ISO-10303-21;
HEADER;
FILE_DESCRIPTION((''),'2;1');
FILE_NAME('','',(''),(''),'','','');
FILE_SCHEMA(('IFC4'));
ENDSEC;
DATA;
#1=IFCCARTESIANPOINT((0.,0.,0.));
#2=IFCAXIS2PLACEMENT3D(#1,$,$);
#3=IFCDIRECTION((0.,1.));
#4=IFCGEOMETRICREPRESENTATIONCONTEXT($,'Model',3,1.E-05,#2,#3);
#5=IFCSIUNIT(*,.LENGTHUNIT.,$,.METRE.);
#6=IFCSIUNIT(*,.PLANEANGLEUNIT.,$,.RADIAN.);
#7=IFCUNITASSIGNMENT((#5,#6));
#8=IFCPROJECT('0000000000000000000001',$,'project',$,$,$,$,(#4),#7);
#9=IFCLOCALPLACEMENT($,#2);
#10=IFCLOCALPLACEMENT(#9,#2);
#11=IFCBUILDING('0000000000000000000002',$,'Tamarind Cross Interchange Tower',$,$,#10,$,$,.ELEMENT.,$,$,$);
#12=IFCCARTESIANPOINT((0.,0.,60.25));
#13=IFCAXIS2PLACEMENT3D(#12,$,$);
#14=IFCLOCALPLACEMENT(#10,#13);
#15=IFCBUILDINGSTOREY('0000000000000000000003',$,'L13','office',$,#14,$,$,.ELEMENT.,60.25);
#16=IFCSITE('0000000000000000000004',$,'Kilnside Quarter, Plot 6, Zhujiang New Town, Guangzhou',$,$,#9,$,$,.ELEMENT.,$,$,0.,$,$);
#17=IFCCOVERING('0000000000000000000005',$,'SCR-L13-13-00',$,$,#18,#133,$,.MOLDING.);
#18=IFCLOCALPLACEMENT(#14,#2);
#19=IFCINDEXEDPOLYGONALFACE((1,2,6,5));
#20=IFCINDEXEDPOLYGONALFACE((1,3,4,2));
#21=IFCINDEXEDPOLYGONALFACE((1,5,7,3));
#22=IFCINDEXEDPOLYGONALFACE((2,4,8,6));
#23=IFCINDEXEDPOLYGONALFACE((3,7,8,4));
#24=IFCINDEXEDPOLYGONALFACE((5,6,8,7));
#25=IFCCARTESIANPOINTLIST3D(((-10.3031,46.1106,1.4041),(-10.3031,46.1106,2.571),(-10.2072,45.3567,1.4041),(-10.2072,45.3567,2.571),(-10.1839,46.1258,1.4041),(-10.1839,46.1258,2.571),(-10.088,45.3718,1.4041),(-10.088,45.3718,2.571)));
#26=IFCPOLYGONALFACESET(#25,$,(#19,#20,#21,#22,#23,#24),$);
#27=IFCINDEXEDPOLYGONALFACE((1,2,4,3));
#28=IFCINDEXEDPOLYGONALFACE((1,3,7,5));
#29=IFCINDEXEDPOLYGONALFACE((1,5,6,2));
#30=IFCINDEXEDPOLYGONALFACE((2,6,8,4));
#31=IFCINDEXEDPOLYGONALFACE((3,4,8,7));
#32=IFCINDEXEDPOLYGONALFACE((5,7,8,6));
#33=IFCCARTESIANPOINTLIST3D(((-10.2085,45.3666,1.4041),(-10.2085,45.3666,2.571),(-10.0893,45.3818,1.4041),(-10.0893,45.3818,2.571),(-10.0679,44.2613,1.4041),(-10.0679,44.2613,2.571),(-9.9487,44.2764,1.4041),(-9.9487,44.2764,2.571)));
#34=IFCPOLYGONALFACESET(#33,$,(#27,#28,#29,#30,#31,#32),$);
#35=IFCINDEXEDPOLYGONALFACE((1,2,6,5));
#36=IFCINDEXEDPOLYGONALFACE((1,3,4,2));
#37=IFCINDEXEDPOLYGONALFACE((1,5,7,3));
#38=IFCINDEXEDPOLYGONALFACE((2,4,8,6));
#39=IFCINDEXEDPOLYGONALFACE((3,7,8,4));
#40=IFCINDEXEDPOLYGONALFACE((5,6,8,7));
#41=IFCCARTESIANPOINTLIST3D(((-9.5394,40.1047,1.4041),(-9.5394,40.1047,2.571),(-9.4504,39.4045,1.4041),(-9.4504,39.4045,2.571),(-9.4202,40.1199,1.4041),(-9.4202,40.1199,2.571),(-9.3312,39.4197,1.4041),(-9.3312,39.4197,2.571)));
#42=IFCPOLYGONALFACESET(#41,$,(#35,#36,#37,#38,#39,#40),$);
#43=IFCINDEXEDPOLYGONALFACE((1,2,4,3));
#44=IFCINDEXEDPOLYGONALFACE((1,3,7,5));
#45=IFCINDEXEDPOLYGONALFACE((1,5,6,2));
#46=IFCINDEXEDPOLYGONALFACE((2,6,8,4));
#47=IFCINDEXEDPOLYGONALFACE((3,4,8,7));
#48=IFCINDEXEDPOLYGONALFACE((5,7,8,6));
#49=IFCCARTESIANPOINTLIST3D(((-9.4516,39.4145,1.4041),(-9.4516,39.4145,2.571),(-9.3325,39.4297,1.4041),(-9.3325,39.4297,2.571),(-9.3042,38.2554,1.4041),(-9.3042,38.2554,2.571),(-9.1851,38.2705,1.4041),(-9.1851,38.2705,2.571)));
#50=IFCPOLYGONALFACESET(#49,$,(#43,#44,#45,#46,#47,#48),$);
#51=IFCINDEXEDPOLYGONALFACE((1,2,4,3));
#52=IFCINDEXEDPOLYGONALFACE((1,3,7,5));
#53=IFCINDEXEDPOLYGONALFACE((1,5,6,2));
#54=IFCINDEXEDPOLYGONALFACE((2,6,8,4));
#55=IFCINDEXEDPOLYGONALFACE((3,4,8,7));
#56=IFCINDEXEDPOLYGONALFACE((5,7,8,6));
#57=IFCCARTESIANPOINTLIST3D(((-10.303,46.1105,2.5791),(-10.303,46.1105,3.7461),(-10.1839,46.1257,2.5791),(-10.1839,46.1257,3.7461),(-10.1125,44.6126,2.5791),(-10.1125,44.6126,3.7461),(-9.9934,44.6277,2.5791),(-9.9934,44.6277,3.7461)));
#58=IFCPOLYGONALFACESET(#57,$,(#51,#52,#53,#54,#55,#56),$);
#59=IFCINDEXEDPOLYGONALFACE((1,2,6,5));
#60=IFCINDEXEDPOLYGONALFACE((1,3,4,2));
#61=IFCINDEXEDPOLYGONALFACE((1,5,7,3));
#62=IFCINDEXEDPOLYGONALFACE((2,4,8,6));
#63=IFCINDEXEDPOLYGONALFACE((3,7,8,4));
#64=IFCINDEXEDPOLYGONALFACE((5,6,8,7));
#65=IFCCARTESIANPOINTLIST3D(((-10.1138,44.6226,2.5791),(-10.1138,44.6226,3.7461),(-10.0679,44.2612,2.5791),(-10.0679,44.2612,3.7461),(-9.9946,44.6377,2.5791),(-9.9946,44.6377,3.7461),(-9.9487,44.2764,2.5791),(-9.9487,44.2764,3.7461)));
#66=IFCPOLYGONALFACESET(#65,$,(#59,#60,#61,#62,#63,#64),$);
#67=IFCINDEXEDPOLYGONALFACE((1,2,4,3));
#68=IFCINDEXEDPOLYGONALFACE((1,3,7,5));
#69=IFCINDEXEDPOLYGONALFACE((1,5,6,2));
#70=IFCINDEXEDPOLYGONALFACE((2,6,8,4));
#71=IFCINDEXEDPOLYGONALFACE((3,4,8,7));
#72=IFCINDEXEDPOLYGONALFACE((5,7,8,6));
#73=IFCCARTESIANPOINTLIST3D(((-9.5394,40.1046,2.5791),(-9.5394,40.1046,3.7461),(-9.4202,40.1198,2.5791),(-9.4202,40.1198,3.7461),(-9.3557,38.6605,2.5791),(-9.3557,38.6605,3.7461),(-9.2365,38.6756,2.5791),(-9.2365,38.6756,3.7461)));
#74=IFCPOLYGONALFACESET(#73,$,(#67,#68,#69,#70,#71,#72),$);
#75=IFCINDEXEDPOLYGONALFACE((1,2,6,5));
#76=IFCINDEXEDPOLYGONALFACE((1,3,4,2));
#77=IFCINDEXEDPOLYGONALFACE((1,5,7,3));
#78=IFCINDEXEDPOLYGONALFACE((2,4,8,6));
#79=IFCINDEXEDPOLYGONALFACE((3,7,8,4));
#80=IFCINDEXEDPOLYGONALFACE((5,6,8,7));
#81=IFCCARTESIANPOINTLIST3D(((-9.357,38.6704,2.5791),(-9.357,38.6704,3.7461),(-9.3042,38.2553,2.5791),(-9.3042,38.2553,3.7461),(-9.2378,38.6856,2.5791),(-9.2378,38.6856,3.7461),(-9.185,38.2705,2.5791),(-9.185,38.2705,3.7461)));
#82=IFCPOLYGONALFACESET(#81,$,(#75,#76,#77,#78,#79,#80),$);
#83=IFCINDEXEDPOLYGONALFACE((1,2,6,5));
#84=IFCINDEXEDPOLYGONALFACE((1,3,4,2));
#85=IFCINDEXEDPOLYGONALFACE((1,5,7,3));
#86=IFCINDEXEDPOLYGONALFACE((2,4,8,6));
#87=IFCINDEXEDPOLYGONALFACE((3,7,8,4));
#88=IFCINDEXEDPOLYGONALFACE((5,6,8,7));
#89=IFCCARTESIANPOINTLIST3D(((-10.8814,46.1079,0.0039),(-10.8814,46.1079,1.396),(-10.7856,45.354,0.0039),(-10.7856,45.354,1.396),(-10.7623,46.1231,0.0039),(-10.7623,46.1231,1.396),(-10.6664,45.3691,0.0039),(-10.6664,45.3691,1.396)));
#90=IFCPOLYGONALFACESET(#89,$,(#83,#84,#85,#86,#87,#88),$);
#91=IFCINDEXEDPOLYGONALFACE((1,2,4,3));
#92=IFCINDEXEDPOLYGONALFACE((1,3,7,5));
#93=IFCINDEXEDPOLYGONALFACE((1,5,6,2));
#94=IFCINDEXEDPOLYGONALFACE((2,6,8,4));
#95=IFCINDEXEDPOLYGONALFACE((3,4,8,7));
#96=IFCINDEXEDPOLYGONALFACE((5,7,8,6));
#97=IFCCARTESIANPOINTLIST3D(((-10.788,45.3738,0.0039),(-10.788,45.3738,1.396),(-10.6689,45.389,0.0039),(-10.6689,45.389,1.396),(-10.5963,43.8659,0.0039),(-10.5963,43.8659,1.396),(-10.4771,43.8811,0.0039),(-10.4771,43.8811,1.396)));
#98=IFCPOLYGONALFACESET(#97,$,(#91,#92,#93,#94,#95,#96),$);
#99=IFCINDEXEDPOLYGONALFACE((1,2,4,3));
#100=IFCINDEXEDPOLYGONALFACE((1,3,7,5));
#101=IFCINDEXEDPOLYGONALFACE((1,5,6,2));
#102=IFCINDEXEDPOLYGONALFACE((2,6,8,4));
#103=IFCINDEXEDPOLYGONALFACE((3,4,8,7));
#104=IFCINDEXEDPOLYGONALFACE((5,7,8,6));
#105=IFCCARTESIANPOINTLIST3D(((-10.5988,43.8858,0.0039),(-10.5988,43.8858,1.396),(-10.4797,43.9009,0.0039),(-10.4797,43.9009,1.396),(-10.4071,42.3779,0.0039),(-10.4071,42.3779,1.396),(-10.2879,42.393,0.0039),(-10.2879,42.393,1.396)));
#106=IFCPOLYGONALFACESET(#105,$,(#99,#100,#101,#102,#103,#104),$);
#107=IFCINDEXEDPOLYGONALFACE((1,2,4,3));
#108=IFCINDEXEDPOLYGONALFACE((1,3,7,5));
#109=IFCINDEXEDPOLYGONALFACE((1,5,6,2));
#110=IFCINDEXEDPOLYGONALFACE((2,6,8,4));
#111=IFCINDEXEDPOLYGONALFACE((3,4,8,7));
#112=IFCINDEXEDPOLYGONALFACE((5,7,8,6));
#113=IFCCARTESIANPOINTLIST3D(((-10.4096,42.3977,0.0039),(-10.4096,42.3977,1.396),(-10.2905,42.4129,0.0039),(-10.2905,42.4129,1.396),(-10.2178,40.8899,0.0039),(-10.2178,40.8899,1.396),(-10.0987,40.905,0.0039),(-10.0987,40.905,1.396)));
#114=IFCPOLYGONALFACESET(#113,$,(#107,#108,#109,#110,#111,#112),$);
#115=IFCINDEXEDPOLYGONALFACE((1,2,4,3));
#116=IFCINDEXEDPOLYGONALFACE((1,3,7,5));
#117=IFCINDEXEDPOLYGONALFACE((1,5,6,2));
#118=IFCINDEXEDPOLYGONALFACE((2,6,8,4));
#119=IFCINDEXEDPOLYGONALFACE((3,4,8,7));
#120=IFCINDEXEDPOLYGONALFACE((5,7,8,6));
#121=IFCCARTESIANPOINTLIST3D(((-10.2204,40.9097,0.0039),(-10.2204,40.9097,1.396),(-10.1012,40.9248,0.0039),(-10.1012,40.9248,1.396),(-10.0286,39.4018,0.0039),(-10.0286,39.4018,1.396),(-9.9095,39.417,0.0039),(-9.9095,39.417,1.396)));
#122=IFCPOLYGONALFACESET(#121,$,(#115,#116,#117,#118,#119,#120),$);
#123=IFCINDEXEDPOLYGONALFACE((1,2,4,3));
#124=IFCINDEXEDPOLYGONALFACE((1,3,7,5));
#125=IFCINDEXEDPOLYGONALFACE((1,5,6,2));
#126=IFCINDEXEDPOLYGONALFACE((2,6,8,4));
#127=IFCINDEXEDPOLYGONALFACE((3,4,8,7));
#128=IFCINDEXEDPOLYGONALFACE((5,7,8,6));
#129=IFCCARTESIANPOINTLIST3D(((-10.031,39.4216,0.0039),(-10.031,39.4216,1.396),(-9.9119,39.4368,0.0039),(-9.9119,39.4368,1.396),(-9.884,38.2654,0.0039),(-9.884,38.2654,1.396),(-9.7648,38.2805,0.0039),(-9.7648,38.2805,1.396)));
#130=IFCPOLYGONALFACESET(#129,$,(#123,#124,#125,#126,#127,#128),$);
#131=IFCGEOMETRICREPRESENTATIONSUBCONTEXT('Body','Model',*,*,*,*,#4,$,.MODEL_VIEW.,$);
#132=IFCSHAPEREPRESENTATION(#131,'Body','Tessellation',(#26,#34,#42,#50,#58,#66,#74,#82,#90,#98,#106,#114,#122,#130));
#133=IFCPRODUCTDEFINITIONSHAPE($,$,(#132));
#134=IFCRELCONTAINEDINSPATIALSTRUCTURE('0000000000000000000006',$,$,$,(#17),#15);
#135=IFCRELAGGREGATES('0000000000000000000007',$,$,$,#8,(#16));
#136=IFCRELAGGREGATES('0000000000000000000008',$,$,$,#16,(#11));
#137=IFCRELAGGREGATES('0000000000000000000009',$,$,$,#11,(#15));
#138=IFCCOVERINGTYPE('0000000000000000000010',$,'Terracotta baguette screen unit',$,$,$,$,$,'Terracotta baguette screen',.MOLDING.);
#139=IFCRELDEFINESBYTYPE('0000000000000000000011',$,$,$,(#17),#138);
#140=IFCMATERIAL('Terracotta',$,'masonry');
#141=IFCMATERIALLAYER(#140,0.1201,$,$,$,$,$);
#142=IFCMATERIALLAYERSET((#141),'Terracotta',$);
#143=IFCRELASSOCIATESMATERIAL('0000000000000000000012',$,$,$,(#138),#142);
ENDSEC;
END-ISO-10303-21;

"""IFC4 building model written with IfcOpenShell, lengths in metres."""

from ifc_helpers import new_model, si_unit, direction, frame, origin, origin_2d, place, context, subcontext, project, spatial, rectangle, extrude, material, layer, layer_set, type_object, element, save


model = new_model("IFC4")

# Units and contexts
model_context = context("Model", 3, precision=1e-05, world=origin(), true_north=direction((0.0, 1.0)))
body_context = subcontext(model_context, "Body", "Model", "MODEL_VIEW")
ifc_project = project(units=[si_unit("LENGTHUNIT", "METRE"), si_unit("PLANEANGLEUNIT", "RADIAN")], contexts=[model_context])

# Site, building, storey
site_placement = place(None, origin())
site = spatial("IfcSite", under=ifc_project, at=site_placement, Name="Kilnside Quarter, Plot 6, Zhujiang New Town, Guangzhou", CompositionType="ELEMENT", RefElevation=0.0)
building_placement = place(site_placement, origin())
building = spatial("IfcBuilding", under=site, at=building_placement, Name="Tamarind Cross Interchange Tower", CompositionType="ELEMENT")
storey_placement = place(building_placement, frame((0.0, 0.0, 60.25)))
storey = spatial("IfcBuildingStorey", under=building, at=storey_placement, Name="L13", Description="office", CompositionType="ELEMENT", Elevation=60.25)

# Covering
ifc_material_1 = material(Name="Terracotta", Category="masonry")
ifc_layer_1 = layer(ifc_material_1, 0.1201)
ifc_layer_set_1 = layer_set([ifc_layer_1], Name="Terracotta")
covering_type = type_object("IfcCoveringType", Name="Terracotta baguette screen unit", ElementType="Terracotta baguette screen", PredefinedType="MOLDING", material=ifc_layer_set_1)
covering_1_placement = place(storey_placement, origin())
element("IfcCovering", 1, at=covering_1_placement, inside=storey, type_object=covering_type, Name="SCR-L13-13-00", PredefinedType="MOLDING", context=body_context, shape_type="SweptSolid", body=[
    extrude(rectangle(XDim=0.76, YDim=0.1201, at=origin_2d()), frame((-10.1956, 45.7412, 1.4041), z_axis=(0.0, 0.0, 1.0), x_axis=(0.126161, -0.99201, 0.0)), (0.0, 0.0, 1.0), 1.167),
    extrude(rectangle(XDim=1.1143, YDim=0.1201, at=origin_2d()), frame((-10.0786, 44.8215, 1.4041), z_axis=(0.0, 0.0, 1.0), x_axis=(0.126161, -0.99201, 0.0)), (0.0, 0.0, 1.0), 1.167),
    extrude(rectangle(XDim=0.7058, YDim=0.1201, at=origin_2d()), frame((-9.4353, 39.7622, 1.4041), z_axis=(0.0, 0.0, 1.0), x_axis=(0.126161, -0.99201, 0.0)), (0.0, 0.0, 1.0), 1.167),
    extrude(rectangle(XDim=1.1685, YDim=0.1201, at=origin_2d()), frame((-9.3184, 38.8425, 1.4041), z_axis=(0.0, 0.0, 1.0), x_axis=(0.126161, -0.99201, 0.0)), (0.0, 0.0, 1.0), 1.167),
    extrude(rectangle(XDim=1.51, YDim=0.1201, at=origin_2d()), frame((-10.1482, 45.3691, 2.5791), z_axis=(0.0, 0.0, 1.0), x_axis=(0.126161, -0.99201, 0.0)), (0.0, 0.0, 1.0), 1.167),
    extrude(rectangle(XDim=0.3643, YDim=0.1201, at=origin_2d()), frame((-10.0312, 44.4495, 2.5791), z_axis=(0.0, 0.0, 1.0), x_axis=(0.126161, -0.99201, 0.0)), (0.0, 0.0, 1.0), 1.167),
    extrude(rectangle(XDim=1.4558, YDim=0.1201, at=origin_2d()), frame((-9.3879, 39.3901, 2.5791), z_axis=(0.0, 0.0, 1.0), x_axis=(0.126161, -0.99201, 0.0)), (0.0, 0.0, 1.0), 1.167),
    extrude(rectangle(XDim=0.4185, YDim=0.1201, at=origin_2d()), frame((-9.271, 38.4705, 2.5791), z_axis=(0.0, 0.0, 1.0), x_axis=(0.126161, -0.99201, 0.0)), (0.0, 0.0, 1.0), 1.167),
    extrude(rectangle(XDim=0.76, YDim=0.1201, at=origin_2d()), frame((-10.7739, 45.7385, 0.0039), z_axis=(0.0, 0.0, 1.0), x_axis=(0.126161, -0.99201, 0.0)), (0.0, 0.0, 1.0), 1.3921),
    extrude(rectangle(XDim=1.52, YDim=0.1201, at=origin_2d()), frame((-10.6326, 44.6274, 0.0039), z_axis=(0.0, 0.0, 1.0), x_axis=(0.126161, -0.99201, 0.0)), (0.0, 0.0, 1.0), 1.3921),
    extrude(rectangle(XDim=1.52, YDim=0.1201, at=origin_2d()), frame((-10.4434, 43.1394, 0.0039), z_axis=(0.0, 0.0, 1.0), x_axis=(0.126161, -0.99201, 0.0)), (0.0, 0.0, 1.0), 1.3921),
    extrude(rectangle(XDim=1.52, YDim=0.1201, at=origin_2d()), frame((-10.2542, 41.6514, 0.0039), z_axis=(0.0, 0.0, 1.0), x_axis=(0.126161, -0.99201, 0.0)), (0.0, 0.0, 1.0), 1.3921),
    extrude(rectangle(XDim=1.52, YDim=0.1201, at=origin_2d()), frame((-10.0649, 40.1633, 0.0039), z_axis=(0.0, 0.0, 1.0), x_axis=(0.126161, -0.99201, 0.0)), (0.0, 0.0, 1.0), 1.3921),
    extrude(rectangle(XDim=1.1655, YDim=0.1201, at=origin_2d()), frame((-9.8979, 38.8511, 0.0039), z_axis=(0.0, 0.0, 1.0), x_axis=(0.126161, -0.99201, 0.0)), (0.0, 0.0, 1.0), 1.3921),
])

save(model, "model.ifc")
